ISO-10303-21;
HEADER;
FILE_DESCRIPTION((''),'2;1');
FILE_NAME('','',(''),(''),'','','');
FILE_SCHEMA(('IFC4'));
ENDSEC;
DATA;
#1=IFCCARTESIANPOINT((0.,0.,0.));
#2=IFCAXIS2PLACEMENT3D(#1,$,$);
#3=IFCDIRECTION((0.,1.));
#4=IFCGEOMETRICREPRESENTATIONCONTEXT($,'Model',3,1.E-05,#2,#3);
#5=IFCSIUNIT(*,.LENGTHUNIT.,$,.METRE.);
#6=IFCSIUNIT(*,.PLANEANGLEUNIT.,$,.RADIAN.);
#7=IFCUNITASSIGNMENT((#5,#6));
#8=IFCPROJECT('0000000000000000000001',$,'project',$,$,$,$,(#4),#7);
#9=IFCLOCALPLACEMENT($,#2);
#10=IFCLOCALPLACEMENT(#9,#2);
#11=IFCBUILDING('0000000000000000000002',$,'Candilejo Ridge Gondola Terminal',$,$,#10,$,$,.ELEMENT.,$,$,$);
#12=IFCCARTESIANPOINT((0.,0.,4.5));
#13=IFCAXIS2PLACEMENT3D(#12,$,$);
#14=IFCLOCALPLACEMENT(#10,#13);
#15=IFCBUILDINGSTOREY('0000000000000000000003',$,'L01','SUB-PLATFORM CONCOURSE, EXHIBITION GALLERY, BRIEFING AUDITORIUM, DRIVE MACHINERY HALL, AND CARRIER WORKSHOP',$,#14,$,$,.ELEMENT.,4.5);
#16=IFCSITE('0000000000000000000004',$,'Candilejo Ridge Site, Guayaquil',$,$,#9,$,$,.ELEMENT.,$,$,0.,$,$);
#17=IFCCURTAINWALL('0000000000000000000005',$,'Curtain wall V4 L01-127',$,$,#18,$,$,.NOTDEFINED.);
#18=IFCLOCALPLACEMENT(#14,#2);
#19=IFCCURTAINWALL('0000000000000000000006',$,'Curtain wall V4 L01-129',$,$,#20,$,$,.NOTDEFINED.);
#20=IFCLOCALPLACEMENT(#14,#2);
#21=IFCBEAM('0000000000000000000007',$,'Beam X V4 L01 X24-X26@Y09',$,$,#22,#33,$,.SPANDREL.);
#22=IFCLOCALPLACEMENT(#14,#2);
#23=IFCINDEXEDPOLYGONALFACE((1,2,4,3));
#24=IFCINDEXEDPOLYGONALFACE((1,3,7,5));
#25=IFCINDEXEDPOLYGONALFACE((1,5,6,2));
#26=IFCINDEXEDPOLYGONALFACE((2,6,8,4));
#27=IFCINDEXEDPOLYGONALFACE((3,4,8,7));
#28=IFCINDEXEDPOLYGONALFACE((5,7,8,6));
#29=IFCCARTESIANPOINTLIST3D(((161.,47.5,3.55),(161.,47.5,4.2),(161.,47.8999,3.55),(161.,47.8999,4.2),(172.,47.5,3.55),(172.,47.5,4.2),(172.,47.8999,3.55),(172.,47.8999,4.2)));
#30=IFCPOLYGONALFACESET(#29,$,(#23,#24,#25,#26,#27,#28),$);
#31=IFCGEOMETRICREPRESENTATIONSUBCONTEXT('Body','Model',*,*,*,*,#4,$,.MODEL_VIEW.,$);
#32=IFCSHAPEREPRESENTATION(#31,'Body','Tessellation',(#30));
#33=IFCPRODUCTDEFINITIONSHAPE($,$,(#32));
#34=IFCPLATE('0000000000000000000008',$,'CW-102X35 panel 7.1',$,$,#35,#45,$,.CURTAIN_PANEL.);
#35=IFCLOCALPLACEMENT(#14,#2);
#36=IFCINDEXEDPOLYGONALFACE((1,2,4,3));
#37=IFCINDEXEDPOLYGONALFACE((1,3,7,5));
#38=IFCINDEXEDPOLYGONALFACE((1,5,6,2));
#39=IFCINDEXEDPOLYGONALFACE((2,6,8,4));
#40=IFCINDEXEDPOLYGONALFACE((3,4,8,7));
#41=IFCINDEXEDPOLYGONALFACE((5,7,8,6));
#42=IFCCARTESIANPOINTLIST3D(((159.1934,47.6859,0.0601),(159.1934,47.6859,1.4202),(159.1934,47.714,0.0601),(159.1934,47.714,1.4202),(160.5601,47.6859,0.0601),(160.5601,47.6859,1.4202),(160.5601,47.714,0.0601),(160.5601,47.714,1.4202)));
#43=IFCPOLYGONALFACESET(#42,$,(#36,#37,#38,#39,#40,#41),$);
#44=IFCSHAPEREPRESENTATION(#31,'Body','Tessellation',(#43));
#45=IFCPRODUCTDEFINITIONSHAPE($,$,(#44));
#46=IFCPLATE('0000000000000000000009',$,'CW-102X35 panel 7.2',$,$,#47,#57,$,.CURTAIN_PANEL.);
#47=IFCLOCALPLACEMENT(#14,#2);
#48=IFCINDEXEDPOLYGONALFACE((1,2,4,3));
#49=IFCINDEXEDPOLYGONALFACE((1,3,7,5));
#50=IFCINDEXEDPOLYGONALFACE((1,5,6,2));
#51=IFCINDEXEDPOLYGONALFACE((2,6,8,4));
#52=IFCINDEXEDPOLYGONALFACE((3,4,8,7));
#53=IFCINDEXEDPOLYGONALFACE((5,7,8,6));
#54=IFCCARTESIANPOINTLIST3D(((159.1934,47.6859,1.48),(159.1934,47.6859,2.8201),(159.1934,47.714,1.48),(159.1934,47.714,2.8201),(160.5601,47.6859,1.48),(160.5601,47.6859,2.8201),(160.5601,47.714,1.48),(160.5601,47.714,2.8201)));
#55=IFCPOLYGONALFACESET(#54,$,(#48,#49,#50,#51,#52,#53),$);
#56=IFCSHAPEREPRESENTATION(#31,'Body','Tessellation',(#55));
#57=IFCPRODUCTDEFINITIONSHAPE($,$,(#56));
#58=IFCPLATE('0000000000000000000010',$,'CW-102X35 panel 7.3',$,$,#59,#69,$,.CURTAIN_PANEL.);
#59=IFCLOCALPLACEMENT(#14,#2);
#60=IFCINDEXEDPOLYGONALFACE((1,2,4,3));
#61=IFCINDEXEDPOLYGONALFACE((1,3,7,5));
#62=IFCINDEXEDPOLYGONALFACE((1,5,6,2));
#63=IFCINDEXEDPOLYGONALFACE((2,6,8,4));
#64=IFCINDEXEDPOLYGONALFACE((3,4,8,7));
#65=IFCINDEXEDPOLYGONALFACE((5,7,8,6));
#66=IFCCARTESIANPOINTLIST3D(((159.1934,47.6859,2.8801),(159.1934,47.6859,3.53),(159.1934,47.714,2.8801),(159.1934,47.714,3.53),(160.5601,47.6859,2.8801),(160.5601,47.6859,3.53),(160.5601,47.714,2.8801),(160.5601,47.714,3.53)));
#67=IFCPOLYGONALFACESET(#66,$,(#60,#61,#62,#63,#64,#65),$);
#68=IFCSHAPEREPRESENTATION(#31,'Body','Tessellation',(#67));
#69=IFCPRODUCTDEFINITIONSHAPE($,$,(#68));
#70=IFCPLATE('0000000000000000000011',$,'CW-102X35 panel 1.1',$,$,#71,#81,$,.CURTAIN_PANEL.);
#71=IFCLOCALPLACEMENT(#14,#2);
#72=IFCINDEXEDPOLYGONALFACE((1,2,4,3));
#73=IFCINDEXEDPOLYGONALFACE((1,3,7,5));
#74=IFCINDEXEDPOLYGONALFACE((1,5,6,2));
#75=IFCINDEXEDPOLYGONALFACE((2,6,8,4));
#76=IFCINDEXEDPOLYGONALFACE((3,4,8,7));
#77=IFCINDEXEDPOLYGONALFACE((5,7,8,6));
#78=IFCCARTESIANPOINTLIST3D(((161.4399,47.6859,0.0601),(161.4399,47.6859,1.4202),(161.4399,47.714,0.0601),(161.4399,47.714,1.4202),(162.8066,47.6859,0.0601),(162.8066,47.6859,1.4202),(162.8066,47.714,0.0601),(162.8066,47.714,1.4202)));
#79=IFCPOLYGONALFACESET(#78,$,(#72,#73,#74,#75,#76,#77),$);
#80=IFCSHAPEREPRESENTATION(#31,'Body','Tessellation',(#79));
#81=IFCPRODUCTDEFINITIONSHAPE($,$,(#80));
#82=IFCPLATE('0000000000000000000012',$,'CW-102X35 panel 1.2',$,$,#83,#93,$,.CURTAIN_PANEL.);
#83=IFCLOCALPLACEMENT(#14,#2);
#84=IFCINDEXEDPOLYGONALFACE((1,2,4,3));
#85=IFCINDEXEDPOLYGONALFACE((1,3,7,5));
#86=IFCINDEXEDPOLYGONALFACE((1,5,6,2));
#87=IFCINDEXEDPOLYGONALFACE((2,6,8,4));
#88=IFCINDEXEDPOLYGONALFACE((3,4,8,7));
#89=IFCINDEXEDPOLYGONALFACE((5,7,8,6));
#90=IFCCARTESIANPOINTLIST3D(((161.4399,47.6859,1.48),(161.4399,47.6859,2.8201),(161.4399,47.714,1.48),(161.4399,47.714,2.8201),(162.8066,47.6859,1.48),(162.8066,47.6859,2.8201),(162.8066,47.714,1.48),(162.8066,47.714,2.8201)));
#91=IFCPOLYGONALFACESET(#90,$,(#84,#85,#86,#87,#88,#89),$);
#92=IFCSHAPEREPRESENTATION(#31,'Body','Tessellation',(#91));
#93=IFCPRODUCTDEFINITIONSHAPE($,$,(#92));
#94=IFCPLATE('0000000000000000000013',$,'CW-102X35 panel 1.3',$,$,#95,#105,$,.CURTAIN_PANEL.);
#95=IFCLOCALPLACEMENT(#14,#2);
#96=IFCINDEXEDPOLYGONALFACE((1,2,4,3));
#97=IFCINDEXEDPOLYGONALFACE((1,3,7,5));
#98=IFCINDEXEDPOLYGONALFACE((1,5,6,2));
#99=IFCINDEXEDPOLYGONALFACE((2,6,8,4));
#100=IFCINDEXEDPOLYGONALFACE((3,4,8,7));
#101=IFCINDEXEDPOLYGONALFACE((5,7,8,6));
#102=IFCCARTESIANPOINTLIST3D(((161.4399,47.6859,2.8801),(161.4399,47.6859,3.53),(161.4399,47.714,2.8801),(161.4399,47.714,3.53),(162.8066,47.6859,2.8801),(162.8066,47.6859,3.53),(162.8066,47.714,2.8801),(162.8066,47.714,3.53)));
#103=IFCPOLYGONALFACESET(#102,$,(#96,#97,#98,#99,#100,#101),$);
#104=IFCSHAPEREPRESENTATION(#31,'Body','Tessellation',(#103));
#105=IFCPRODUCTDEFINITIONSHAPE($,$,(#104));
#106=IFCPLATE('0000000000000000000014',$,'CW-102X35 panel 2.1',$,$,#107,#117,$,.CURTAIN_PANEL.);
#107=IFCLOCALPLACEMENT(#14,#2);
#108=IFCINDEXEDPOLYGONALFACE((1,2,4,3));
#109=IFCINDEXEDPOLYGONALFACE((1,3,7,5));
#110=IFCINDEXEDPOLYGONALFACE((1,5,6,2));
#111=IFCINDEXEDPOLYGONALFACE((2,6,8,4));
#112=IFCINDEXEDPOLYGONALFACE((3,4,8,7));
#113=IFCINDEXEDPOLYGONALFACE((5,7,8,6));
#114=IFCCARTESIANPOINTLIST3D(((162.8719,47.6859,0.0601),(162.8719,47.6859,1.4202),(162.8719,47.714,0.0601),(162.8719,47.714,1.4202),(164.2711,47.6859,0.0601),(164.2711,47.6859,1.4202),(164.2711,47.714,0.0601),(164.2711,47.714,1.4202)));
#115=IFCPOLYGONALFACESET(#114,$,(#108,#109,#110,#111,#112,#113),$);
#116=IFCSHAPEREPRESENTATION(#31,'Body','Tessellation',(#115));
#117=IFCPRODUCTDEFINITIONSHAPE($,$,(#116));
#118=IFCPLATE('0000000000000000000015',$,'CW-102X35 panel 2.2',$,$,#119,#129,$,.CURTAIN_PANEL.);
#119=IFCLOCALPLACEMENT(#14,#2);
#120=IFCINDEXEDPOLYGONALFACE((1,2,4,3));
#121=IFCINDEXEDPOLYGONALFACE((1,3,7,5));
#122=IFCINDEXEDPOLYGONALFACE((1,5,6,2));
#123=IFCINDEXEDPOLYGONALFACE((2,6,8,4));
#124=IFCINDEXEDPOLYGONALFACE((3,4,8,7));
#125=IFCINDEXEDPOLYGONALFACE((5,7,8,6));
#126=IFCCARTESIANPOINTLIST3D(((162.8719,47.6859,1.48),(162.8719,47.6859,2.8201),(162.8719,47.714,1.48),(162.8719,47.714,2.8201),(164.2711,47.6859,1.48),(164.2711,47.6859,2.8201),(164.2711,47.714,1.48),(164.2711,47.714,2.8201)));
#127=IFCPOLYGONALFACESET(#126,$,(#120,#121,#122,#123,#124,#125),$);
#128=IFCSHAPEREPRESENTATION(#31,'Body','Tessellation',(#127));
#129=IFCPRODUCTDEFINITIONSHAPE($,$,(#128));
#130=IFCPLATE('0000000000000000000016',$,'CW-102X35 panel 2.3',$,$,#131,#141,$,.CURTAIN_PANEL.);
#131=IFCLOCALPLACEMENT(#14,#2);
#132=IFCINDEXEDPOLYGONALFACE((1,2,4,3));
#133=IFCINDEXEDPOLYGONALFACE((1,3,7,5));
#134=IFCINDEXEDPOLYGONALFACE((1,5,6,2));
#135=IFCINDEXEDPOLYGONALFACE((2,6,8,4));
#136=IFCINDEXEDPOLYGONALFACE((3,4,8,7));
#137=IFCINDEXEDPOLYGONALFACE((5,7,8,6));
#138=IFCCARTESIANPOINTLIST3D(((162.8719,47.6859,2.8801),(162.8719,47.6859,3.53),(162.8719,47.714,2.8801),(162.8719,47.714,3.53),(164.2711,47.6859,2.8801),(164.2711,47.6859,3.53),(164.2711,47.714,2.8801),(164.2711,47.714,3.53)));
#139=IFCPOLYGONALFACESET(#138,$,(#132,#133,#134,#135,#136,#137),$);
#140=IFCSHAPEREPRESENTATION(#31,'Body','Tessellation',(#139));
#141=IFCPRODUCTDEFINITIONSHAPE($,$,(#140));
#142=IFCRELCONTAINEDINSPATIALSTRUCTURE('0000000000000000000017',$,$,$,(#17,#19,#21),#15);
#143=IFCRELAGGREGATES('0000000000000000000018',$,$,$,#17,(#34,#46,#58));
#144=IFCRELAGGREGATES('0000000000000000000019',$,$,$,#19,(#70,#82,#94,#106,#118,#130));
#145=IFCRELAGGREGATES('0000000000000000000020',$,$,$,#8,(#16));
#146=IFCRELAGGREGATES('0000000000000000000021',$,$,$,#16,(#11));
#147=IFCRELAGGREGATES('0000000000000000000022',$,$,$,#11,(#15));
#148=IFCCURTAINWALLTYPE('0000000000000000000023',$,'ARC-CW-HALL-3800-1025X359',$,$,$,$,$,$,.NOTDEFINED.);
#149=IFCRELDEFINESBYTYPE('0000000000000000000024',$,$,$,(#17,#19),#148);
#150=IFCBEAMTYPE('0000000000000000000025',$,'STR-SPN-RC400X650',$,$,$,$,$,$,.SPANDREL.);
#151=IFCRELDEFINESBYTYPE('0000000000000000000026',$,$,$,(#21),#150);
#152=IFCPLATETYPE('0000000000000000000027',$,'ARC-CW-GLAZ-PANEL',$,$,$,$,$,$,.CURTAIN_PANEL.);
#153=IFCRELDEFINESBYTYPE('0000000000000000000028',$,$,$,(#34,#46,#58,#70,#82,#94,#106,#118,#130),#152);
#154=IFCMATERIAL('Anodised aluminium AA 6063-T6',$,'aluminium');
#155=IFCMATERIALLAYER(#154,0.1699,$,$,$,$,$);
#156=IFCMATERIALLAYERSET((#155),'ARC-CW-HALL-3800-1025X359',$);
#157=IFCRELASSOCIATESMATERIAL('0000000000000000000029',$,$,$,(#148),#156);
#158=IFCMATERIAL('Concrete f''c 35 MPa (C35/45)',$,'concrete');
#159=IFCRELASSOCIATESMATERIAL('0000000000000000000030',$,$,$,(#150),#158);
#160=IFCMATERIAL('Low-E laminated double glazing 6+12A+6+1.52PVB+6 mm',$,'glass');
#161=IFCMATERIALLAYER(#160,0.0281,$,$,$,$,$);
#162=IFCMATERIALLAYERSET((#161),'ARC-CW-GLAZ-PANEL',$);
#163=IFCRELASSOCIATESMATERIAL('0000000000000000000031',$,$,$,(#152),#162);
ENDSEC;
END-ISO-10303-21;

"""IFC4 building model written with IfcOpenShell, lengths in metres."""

from ifc_helpers import new_model, si_unit, direction, frame, origin, origin_2d, place, context, subcontext, project, spatial, rectangle, extrude, material, layer, layer_set, material_profile, profile_set, type_object, element, aggregate, save


model = new_model("IFC4")

# Units and contexts
model_context = context("Model", 3, precision=1e-05, world=origin(), true_north=direction((0.0, 1.0)))
body_context = subcontext(model_context, "Body", "Model", "MODEL_VIEW")
ifc_project = project(units=[si_unit("LENGTHUNIT", "METRE"), si_unit("PLANEANGLEUNIT", "RADIAN")], contexts=[model_context])

# Site, building, storey
site_placement = place(None, origin())
site = spatial("IfcSite", under=ifc_project, at=site_placement, Name="Candilejo Ridge Site, Guayaquil", CompositionType="ELEMENT", RefElevation=0.0)
building_placement = place(site_placement, origin())
building = spatial("IfcBuilding", under=site, at=building_placement, Name="Candilejo Ridge Gondola Terminal", CompositionType="ELEMENT")
storey_placement = place(building_placement, frame((0.0, 0.0, 4.5)))
storey = spatial("IfcBuildingStorey", under=building, at=storey_placement, Name="L01", Description="SUB-PLATFORM CONCOURSE, EXHIBITION GALLERY, BRIEFING AUDITORIUM, DRIVE MACHINERY HALL, AND CARRIER WORKSHOP", CompositionType="ELEMENT", Elevation=4.5)

# Curtain wall
ifc_material_1 = material(Name="Anodised aluminium AA 6063-T6", Category="aluminium")
ifc_layer_1 = layer(ifc_material_1, 0.1699)
ifc_layer_set_1 = layer_set([ifc_layer_1], Name="ARC-CW-HALL-3800-1025X359")
curtain_wall_type = type_object("IfcCurtainWallType", Name="ARC-CW-HALL-3800-1025X359", PredefinedType="NOTDEFINED", material=ifc_layer_set_1)
curtain_wall_1_placement = place(storey_placement, origin())
curtain_wall_1 = element("IfcCurtainWall", 1, at=curtain_wall_1_placement, inside=storey, type_object=curtain_wall_type, Name="Curtain wall V4 L01-127", PredefinedType="NOTDEFINED")

# Curtain wall
curtain_wall_2_placement = place(storey_placement, origin())
curtain_wall_2 = element("IfcCurtainWall", 2, at=curtain_wall_2_placement, inside=storey, type_object=curtain_wall_type, Name="Curtain wall V4 L01-129", PredefinedType="NOTDEFINED")

# Beam
ifc_material_2 = material(Name="Concrete f'c 35 MPa (C35/45)", Category="concrete")
ifc_material_profile_1 = material_profile(ifc_material_2, rectangle(XDim=0.3999, YDim=0.6499, at=origin_2d()))
ifc_profile_set_1 = profile_set([ifc_material_profile_1], Name="Concrete f'c 35 MPa (C35/45)")
beam_type = type_object("IfcBeamType", Name="STR-SPN-RC400X650", PredefinedType="SPANDREL", material=ifc_profile_set_1)
beam_placement = place(storey_placement, frame((161.0, 47.7, 3.875), z_axis=(1.0, 0.0, 0.0), x_axis=(0.0, 1.0, 0.0)))
element("IfcBeam", 3, at=beam_placement, inside=storey, type_object=beam_type, Name="Beam X V4 L01 X24-X26@Y09", PredefinedType="SPANDREL", context=body_context, shape_type="SweptSolid", body=[
    extrude(rectangle(XDim=0.3999, YDim=0.6499, at=origin_2d()), origin(), (0.0, 0.0, 1.0), 11.0),
])

# Plates
ifc_material_3 = material(Name="Low-E laminated double glazing 6+12A+6+1.52PVB+6 mm", Category="glass")
ifc_layer_2 = layer(ifc_material_3, 0.0281)
ifc_layer_set_2 = layer_set([ifc_layer_2], Name="ARC-CW-GLAZ-PANEL")
plate_type = type_object("IfcPlateType", Name="ARC-CW-GLAZ-PANEL", PredefinedType="CURTAIN_PANEL", material=ifc_layer_set_2)
plate_1_placement = place(storey_placement, frame((159.8767, 47.7, 0.0601), z_axis=(0.0, 0.0, 1.0), x_axis=(1.0, 0.0, 0.0)))
plate_1 = element("IfcPlate", 4, at=plate_1_placement, type_object=plate_type, Name="CW-102X35 panel 7.1", PredefinedType="CURTAIN_PANEL", context=body_context, shape_type="SweptSolid", body=[
    extrude(rectangle(XDim=1.3667, YDim=0.0281, at=origin_2d()), origin(), (0.0, 0.0, 1.0), 1.3601),
])
plate_2_placement = place(storey_placement, frame((159.8767, 47.7, 1.48), z_axis=(0.0, 0.0, 1.0), x_axis=(1.0, 0.0, 0.0)))
plate_2 = element("IfcPlate", 5, at=plate_2_placement, type_object=plate_type, Name="CW-102X35 panel 7.2", PredefinedType="CURTAIN_PANEL", context=body_context, shape_type="SweptSolid", body=[
    extrude(rectangle(XDim=1.3667, YDim=0.0281, at=origin_2d()), origin(), (0.0, 0.0, 1.0), 1.3401),
])
plate_3_placement = place(storey_placement, frame((159.8767, 47.7, 2.8801), z_axis=(0.0, 0.0, 1.0), x_axis=(1.0, 0.0, 0.0)))
plate_3 = element("IfcPlate", 6, at=plate_3_placement, type_object=plate_type, Name="CW-102X35 panel 7.3", PredefinedType="CURTAIN_PANEL", context=body_context, shape_type="SweptSolid", body=[
    extrude(rectangle(XDim=1.3667, YDim=0.0281, at=origin_2d()), origin(), (0.0, 0.0, 1.0), 0.6499),
])
aggregate(curtain_wall_1, [plate_1, plate_2, plate_3])
plate_4_placement = place(storey_placement, frame((162.1233, 47.7, 0.0601), z_axis=(0.0, 0.0, 1.0), x_axis=(1.0, 0.0, 0.0)))
plate_4 = element("IfcPlate", 7, at=plate_4_placement, type_object=plate_type, Name="CW-102X35 panel 1.1", PredefinedType="CURTAIN_PANEL", context=body_context, shape_type="SweptSolid", body=[
    extrude(rectangle(XDim=1.3667, YDim=0.0281, at=origin_2d()), origin(), (0.0, 0.0, 1.0), 1.3601),
])
plate_5_placement = place(storey_placement, frame((162.1233, 47.7, 1.48), z_axis=(0.0, 0.0, 1.0), x_axis=(1.0, 0.0, 0.0)))
plate_5 = element("IfcPlate", 8, at=plate_5_placement, type_object=plate_type, Name="CW-102X35 panel 1.2", PredefinedType="CURTAIN_PANEL", context=body_context, shape_type="SweptSolid", body=[
    extrude(rectangle(XDim=1.3667, YDim=0.0281, at=origin_2d()), origin(), (0.0, 0.0, 1.0), 1.3401),
])
plate_6_placement = place(storey_placement, frame((162.1233, 47.7, 2.8801), z_axis=(0.0, 0.0, 1.0), x_axis=(1.0, 0.0, 0.0)))
plate_6 = element("IfcPlate", 9, at=plate_6_placement, type_object=plate_type, Name="CW-102X35 panel 1.3", PredefinedType="CURTAIN_PANEL", context=body_context, shape_type="SweptSolid", body=[
    extrude(rectangle(XDim=1.3667, YDim=0.0281, at=origin_2d()), origin(), (0.0, 0.0, 1.0), 0.6499),
])
plate_7_placement = place(storey_placement, frame((163.5715, 47.7, 0.0601), z_axis=(0.0, 0.0, 1.0), x_axis=(1.0, 0.0, 0.0)))
plate_7 = element("IfcPlate", 10, at=plate_7_placement, type_object=plate_type, Name="CW-102X35 panel 2.1", PredefinedType="CURTAIN_PANEL", context=body_context, shape_type="SweptSolid", body=[
    extrude(rectangle(XDim=1.3992, YDim=0.0281, at=origin_2d()), origin(), (0.0, 0.0, 1.0), 1.3601),
])
plate_8_placement = place(storey_placement, frame((163.5715, 47.7, 1.48), z_axis=(0.0, 0.0, 1.0), x_axis=(1.0, 0.0, 0.0)))
plate_8 = element("IfcPlate", 11, at=plate_8_placement, type_object=plate_type, Name="CW-102X35 panel 2.2", PredefinedType="CURTAIN_PANEL", context=body_context, shape_type="SweptSolid", body=[
    extrude(rectangle(XDim=1.3992, YDim=0.0281, at=origin_2d()), origin(), (0.0, 0.0, 1.0), 1.3401),
])
plate_9_placement = place(storey_placement, frame((163.5715, 47.7, 2.8801), z_axis=(0.0, 0.0, 1.0), x_axis=(1.0, 0.0, 0.0)))
plate_9 = element("IfcPlate", 12, at=plate_9_placement, type_object=plate_type, Name="CW-102X35 panel 2.3", PredefinedType="CURTAIN_PANEL", context=body_context, shape_type="SweptSolid", body=[
    extrude(rectangle(XDim=1.3992, YDim=0.0281, at=origin_2d()), origin(), (0.0, 0.0, 1.0), 0.6499),
])
aggregate(curtain_wall_2, [plate_4, plate_5, plate_6, plate_7, plate_8, plate_9])

save(model, "model.ifc")
